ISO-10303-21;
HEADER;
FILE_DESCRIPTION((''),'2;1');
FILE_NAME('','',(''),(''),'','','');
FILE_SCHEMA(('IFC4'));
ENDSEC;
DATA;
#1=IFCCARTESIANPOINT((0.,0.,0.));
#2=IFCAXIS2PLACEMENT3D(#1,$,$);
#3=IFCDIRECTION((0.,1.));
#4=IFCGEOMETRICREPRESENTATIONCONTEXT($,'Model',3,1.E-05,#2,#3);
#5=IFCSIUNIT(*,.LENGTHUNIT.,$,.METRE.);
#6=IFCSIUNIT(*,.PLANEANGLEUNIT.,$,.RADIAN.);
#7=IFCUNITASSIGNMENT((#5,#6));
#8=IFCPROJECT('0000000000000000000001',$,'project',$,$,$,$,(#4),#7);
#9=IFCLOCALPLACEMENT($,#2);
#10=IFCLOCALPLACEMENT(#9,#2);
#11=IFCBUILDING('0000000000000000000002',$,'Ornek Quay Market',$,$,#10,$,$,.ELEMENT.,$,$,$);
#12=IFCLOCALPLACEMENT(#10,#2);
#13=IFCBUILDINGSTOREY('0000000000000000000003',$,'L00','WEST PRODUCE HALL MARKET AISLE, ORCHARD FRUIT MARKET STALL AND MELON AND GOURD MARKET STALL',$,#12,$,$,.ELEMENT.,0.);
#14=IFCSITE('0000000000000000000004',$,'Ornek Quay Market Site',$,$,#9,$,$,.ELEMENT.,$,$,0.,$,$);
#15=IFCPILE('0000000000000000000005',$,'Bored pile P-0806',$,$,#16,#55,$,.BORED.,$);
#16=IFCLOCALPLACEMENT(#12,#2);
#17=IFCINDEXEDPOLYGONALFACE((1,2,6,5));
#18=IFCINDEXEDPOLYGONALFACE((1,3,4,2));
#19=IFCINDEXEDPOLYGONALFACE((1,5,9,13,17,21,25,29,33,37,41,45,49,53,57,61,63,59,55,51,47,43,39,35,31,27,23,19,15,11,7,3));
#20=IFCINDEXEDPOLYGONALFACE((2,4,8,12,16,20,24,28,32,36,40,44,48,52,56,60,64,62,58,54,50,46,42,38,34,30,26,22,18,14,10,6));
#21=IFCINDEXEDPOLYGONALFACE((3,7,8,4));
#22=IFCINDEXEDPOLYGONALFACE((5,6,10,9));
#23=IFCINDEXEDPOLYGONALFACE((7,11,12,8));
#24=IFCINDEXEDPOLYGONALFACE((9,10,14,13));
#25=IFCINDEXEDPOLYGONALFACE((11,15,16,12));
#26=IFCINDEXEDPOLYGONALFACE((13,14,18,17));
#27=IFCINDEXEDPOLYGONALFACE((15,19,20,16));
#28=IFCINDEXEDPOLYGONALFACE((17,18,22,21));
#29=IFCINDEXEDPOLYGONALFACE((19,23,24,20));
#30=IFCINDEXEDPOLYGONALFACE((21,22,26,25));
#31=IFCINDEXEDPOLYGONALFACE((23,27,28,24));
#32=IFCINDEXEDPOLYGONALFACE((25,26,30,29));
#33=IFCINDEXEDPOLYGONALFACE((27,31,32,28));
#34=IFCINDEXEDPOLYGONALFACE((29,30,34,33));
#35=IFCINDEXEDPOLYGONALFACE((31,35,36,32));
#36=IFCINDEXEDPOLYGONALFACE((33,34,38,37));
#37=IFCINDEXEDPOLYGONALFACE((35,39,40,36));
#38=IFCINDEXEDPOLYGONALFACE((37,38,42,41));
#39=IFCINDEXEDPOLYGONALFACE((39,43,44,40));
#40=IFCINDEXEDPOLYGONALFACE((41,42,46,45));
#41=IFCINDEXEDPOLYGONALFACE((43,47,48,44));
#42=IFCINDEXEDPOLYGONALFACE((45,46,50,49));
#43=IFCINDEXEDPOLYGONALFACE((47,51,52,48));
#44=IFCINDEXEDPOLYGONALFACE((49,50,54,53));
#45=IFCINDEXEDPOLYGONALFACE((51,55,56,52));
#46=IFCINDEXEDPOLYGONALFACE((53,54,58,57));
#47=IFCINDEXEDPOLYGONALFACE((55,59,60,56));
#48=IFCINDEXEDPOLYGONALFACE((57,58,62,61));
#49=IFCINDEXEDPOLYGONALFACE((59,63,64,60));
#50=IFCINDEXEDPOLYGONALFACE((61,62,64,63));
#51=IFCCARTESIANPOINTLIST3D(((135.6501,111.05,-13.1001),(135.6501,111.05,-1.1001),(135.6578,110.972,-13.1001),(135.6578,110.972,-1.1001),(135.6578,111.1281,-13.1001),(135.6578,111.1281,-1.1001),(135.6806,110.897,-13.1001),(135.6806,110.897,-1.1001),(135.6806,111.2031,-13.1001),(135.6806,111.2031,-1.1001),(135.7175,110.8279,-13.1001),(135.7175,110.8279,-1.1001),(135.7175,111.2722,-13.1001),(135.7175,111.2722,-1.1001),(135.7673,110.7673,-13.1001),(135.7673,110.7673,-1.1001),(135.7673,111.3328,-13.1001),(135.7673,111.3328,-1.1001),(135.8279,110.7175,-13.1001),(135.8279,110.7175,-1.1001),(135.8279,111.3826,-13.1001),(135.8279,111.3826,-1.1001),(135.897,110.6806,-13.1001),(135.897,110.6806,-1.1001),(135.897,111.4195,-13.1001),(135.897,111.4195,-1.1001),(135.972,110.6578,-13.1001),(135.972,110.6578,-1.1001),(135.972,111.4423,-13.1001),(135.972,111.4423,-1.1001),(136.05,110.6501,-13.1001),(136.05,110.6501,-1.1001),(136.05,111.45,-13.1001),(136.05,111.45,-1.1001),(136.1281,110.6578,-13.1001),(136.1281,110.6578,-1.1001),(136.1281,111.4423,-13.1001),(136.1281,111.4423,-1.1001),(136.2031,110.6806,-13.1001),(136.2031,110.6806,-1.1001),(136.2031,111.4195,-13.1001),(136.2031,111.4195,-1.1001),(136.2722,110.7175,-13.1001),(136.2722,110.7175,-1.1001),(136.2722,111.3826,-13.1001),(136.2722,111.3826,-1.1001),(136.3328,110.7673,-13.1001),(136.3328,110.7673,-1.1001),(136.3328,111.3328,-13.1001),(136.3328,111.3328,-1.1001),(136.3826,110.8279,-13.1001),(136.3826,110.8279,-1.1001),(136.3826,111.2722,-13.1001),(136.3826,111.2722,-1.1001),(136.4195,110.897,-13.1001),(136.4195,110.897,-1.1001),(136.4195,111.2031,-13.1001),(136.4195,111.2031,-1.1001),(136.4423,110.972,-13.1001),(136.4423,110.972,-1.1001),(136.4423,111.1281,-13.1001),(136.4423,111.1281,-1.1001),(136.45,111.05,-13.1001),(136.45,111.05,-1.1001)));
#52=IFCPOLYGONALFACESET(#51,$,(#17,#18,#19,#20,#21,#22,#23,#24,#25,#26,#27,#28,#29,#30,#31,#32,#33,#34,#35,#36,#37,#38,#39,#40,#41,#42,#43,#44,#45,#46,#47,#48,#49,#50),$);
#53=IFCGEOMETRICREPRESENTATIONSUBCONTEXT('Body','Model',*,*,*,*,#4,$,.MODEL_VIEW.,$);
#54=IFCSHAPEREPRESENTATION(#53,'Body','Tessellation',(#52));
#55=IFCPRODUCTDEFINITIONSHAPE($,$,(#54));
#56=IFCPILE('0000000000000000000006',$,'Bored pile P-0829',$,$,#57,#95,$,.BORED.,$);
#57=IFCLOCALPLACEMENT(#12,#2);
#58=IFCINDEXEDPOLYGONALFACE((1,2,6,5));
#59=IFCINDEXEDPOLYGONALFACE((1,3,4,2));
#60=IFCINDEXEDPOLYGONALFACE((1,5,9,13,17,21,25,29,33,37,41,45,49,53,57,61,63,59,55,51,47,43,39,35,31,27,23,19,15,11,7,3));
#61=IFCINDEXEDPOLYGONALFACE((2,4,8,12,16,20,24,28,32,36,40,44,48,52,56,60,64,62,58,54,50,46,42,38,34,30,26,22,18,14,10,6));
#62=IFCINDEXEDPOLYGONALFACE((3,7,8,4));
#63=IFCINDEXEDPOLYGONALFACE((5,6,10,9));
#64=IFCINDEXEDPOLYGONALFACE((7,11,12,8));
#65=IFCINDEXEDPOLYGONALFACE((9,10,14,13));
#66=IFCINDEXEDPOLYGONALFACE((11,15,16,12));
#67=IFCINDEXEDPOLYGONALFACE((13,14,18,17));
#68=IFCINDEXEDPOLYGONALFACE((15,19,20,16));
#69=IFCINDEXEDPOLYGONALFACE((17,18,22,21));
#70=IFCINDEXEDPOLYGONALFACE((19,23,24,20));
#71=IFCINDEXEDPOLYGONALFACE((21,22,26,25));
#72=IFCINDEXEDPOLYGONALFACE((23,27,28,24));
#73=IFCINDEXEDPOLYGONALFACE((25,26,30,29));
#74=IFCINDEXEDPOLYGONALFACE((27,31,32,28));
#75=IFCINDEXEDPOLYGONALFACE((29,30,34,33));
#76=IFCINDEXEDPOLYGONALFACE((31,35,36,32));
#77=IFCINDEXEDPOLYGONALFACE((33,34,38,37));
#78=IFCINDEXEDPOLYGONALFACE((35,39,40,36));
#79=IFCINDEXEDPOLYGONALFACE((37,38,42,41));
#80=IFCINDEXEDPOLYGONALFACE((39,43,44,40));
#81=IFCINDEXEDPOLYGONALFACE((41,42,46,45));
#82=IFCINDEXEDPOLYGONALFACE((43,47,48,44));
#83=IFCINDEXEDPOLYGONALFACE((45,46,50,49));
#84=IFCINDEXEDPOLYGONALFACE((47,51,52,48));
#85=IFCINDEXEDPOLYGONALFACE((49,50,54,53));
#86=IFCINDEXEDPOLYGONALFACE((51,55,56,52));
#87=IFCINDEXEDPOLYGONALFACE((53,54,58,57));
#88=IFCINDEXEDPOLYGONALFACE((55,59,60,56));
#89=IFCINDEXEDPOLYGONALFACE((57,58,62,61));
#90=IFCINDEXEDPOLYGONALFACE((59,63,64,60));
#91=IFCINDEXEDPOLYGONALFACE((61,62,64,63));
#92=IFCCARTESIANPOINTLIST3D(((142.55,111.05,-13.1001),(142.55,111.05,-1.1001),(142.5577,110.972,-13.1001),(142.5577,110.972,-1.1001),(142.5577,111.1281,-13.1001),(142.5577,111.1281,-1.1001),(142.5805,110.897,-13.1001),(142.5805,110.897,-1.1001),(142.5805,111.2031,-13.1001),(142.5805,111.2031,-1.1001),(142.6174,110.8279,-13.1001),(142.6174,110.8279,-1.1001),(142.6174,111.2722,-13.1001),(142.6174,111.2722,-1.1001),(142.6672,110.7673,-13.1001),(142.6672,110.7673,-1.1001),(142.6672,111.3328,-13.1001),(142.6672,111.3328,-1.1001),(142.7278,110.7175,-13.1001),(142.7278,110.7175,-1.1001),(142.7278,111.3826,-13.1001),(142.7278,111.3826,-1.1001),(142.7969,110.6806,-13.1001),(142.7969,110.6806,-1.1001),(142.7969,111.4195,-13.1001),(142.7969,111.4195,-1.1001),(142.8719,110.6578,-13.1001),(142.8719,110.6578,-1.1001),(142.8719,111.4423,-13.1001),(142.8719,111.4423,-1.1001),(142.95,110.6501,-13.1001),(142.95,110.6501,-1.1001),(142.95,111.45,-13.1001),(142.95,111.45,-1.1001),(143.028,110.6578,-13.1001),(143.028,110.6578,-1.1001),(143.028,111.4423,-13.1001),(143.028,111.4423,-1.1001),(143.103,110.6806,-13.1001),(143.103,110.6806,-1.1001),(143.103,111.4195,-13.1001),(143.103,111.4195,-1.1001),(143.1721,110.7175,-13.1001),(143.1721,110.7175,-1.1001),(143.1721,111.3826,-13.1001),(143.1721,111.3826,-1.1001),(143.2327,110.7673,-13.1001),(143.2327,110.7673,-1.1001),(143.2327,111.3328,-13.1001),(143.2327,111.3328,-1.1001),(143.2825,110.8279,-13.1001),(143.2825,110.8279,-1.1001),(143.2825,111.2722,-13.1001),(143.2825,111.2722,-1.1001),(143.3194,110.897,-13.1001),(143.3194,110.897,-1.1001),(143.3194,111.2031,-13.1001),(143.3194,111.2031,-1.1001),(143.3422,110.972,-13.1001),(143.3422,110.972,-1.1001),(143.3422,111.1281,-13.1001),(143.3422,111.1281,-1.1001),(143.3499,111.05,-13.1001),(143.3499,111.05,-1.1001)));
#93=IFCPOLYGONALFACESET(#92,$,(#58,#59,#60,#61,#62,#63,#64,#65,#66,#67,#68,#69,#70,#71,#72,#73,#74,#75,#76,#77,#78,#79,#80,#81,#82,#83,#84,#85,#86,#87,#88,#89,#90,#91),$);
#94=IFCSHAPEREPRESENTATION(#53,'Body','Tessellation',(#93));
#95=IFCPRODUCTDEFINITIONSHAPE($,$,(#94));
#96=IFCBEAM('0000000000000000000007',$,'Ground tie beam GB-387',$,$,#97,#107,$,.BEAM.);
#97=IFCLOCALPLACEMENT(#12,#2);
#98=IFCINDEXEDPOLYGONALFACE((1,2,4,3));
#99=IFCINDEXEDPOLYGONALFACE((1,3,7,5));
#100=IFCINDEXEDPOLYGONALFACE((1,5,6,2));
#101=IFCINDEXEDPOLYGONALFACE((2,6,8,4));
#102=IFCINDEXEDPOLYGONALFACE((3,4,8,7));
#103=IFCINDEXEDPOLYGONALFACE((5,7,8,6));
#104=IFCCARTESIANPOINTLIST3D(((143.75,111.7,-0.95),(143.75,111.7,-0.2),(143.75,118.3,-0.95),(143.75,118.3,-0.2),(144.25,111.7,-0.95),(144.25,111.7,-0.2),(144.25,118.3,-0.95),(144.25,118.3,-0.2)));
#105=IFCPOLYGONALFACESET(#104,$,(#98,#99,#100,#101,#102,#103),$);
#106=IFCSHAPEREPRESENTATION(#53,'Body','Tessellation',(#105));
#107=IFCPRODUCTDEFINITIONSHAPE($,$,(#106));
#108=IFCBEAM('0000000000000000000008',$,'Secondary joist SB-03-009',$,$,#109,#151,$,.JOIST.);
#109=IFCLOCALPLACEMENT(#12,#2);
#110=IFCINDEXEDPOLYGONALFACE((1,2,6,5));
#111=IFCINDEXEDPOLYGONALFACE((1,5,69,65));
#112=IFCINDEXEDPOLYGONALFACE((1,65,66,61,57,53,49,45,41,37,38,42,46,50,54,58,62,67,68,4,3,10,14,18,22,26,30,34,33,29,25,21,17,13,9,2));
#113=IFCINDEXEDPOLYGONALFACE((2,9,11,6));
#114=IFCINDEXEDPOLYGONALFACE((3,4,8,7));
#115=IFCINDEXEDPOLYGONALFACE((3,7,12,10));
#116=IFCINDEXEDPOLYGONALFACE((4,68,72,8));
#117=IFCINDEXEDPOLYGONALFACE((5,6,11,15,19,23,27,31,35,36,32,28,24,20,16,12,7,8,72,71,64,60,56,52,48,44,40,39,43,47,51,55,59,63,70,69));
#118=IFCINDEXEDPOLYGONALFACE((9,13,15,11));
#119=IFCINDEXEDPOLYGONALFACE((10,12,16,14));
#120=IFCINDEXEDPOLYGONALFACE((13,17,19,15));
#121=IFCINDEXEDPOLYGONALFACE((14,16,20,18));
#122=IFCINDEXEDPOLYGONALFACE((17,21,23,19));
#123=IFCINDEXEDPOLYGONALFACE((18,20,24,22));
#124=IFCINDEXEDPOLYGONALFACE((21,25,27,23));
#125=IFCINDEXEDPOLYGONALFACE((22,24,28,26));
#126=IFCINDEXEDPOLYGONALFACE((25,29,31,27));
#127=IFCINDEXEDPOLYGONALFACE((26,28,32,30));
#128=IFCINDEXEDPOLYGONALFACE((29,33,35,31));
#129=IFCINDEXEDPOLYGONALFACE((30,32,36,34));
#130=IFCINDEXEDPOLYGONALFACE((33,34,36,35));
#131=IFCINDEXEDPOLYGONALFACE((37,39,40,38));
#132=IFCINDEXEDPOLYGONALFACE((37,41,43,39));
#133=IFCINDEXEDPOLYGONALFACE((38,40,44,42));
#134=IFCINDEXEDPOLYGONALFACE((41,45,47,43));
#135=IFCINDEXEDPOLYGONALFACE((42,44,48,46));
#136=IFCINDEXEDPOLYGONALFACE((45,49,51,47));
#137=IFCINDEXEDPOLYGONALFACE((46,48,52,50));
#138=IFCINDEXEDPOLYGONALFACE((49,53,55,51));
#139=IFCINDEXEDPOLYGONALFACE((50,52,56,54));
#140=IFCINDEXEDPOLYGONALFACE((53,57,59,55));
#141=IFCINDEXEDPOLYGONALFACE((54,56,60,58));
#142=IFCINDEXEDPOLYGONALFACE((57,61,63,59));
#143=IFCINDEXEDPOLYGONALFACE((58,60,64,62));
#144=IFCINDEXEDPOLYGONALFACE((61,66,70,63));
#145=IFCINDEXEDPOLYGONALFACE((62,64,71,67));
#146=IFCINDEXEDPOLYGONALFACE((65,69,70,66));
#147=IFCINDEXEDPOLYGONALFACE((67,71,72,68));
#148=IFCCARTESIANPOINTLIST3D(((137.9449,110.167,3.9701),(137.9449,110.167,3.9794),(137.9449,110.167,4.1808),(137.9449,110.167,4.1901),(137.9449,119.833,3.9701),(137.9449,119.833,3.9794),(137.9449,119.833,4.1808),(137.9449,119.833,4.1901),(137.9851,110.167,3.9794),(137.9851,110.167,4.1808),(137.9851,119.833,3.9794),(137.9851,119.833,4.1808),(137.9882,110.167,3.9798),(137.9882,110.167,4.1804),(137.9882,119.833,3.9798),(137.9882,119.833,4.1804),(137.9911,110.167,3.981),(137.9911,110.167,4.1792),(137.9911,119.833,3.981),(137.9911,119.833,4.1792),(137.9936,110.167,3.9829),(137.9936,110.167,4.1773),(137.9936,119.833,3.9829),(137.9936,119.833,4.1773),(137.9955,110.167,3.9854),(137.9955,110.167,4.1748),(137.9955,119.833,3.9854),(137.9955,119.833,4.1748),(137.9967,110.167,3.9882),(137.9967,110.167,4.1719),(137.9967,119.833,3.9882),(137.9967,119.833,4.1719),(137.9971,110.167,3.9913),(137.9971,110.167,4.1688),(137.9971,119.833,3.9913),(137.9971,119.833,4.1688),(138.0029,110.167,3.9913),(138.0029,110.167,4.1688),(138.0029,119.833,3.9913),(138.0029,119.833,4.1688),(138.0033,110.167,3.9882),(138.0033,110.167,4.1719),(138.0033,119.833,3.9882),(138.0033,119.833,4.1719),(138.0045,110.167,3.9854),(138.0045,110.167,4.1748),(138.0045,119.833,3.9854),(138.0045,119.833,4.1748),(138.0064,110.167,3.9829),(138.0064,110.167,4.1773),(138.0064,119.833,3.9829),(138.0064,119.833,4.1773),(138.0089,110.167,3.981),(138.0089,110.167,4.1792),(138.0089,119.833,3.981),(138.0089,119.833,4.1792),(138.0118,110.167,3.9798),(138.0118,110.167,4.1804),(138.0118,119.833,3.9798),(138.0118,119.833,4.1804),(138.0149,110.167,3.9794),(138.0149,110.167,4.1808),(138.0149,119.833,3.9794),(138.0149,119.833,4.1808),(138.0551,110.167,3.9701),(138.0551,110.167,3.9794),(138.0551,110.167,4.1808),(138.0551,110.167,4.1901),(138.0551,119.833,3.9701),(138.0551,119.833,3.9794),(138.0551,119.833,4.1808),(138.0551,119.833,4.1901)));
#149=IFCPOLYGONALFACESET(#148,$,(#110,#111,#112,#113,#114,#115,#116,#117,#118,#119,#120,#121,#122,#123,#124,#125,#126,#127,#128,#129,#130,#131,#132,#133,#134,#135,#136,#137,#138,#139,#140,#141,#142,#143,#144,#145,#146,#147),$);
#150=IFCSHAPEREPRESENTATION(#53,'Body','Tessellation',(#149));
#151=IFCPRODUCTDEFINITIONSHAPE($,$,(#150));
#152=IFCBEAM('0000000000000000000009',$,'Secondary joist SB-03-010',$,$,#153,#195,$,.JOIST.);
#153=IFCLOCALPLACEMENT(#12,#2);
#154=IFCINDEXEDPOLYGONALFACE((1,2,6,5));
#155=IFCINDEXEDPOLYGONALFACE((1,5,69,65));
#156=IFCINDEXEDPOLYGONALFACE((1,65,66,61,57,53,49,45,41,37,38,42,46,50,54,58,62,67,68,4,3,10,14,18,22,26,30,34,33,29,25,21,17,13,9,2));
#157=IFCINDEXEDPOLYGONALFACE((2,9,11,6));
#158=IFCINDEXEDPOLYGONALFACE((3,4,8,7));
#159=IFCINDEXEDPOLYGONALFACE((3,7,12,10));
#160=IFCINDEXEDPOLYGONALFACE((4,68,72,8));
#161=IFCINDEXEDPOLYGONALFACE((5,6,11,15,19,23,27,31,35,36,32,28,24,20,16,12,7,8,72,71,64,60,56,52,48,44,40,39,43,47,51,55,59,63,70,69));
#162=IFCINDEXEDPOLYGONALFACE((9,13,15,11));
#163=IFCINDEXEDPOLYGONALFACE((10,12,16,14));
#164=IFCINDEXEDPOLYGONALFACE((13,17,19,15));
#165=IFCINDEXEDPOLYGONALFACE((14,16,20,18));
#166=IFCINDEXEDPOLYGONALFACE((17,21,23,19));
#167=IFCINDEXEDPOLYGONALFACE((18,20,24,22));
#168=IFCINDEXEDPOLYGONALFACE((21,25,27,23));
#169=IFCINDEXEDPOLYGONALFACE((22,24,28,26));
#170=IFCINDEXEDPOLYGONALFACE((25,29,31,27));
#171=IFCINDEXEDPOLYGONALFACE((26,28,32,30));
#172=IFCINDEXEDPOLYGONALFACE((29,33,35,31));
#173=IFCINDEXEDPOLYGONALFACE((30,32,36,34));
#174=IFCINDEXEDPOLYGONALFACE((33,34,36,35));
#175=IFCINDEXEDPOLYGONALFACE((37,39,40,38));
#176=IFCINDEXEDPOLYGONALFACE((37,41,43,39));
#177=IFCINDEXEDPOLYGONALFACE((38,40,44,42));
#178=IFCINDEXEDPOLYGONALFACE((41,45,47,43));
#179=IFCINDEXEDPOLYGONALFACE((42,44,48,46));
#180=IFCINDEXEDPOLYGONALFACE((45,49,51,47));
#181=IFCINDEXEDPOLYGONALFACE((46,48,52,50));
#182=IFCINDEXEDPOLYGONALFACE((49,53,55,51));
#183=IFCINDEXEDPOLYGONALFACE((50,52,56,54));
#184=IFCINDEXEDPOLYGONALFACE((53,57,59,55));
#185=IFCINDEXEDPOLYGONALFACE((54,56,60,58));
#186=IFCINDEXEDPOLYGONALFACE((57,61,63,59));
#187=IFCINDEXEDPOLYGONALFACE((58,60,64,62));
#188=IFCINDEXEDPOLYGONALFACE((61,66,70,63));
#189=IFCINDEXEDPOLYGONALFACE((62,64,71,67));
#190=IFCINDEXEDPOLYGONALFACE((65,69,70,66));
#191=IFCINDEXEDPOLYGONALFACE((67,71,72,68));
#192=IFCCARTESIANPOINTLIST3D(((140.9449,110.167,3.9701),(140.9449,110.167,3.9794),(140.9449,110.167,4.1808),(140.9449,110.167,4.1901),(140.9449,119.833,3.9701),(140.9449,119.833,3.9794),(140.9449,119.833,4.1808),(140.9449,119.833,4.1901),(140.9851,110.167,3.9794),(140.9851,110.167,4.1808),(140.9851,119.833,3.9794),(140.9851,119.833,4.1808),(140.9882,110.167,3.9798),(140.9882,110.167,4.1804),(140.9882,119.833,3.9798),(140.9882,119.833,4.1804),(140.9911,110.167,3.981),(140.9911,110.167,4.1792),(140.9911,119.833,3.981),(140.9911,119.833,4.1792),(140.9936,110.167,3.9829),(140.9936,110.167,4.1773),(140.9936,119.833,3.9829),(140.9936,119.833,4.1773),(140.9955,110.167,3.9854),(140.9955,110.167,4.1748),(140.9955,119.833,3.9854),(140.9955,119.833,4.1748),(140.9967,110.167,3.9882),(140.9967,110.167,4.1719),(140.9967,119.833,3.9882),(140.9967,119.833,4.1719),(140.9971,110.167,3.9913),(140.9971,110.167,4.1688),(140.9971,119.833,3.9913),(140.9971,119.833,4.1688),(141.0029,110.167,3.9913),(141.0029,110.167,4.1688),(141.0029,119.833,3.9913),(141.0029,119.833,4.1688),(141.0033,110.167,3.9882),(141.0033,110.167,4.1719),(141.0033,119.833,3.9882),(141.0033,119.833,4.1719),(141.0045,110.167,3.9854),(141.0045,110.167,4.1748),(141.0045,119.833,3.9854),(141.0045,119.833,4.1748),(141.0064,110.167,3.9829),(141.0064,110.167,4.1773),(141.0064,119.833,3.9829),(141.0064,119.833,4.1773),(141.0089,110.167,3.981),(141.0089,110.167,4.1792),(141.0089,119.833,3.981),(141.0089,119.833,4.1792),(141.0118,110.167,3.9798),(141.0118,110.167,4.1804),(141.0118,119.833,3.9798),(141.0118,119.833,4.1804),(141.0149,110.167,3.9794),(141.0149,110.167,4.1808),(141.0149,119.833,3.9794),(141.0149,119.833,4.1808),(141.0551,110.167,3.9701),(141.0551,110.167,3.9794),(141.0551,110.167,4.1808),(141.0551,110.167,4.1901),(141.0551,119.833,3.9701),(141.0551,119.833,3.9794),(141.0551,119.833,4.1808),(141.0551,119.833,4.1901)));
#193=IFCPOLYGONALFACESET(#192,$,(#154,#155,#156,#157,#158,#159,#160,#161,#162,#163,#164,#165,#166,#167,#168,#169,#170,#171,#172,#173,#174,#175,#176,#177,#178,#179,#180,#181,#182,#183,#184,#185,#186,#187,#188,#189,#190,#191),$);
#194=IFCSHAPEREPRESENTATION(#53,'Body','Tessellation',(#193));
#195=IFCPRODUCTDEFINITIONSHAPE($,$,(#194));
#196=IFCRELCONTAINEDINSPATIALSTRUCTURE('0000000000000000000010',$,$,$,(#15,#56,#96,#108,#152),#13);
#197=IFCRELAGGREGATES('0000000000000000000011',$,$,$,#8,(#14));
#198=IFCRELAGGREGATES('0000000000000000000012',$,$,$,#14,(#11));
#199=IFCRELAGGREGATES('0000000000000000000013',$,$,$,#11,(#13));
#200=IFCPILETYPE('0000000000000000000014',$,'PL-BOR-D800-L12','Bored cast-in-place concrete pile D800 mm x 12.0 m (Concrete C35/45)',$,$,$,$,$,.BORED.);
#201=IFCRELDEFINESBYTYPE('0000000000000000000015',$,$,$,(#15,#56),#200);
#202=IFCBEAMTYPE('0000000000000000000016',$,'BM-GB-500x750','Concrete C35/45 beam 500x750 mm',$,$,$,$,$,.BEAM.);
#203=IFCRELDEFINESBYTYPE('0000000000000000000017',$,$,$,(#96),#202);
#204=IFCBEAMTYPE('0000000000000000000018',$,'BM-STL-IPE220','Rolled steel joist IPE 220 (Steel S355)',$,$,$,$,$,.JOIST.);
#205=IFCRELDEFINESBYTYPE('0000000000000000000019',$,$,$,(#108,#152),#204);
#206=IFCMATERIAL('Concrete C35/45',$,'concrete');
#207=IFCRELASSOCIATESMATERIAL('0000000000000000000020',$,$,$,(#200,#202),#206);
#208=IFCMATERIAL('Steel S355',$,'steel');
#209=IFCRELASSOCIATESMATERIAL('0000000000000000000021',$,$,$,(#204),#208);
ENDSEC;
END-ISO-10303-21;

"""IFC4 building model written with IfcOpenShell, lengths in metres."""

from ifc_helpers import new_model, si_unit, direction, frame, origin, origin_2d, place, context, subcontext, project, spatial, rectangle, circle, i_section, extrude, material, material_profile, profile_set, type_object, element, save


model = new_model("IFC4")

# Units and contexts
model_context = context("Model", 3, precision=1e-05, world=origin(), true_north=direction((0.0, 1.0)))
body_context = subcontext(model_context, "Body", "Model", "MODEL_VIEW")
ifc_project = project(units=[si_unit("LENGTHUNIT", "METRE"), si_unit("PLANEANGLEUNIT", "RADIAN")], contexts=[model_context])

# Site, building, storey
site_placement = place(None, origin())
site = spatial("IfcSite", under=ifc_project, at=site_placement, Name="Ornek Quay Market Site", CompositionType="ELEMENT", RefElevation=0.0)
building_placement = place(site_placement, origin())
building = spatial("IfcBuilding", under=site, at=building_placement, Name="Ornek Quay Market", CompositionType="ELEMENT")
storey_placement = place(building_placement, origin())
storey = spatial("IfcBuildingStorey", under=building, at=storey_placement, Name="L00", Description="WEST PRODUCE HALL MARKET AISLE, ORCHARD FRUIT MARKET STALL AND MELON AND GOURD MARKET STALL", CompositionType="ELEMENT", Elevation=0.0)

# Piles
ifc_material_1 = material(Name="Concrete C35/45", Category="concrete")
ifc_material_profile_1 = material_profile(ifc_material_1, circle(Radius=0.3999, at=origin_2d()), Name="PILE D800", Category="concrete")
ifc_profile_set_1 = profile_set([ifc_material_profile_1], Name="Concrete C35/45")
pile_type = type_object("IfcPileType", Name="PL-BOR-D800-L12", Description="Bored cast-in-place concrete pile D800 mm x 12.0 m (Concrete C35/45)", PredefinedType="BORED", material=ifc_profile_set_1)
for number, where, z_axis, x_axis, name in (
    (1, (136.05, 111.05, -1.1001), (0.0, 0.0, -1.0), (1.0, 0.0, 0.0), "Bored pile P-0806"),
    (2, (142.95, 111.05, -1.1001), (0.0, 0.0, -1.0), (1.0, 0.0, 0.0), "Bored pile P-0829"),
):
    element("IfcPile", number, at=place(storey_placement, frame(where, z_axis=z_axis, x_axis=x_axis)), inside=storey, type_object=pile_type, Name=name, PredefinedType="BORED", context=body_context, shape_type="SweptSolid", body=[
        extrude(circle(Radius=0.3999, at=origin_2d()), origin(), (0.0, 0.0, 1.0), 12.0),
    ])

# Beams
ifc_material_profile_2 = material_profile(ifc_material_1, rectangle(XDim=0.5, YDim=0.75, at=origin_2d()), Name="RC 500x750", Category="concrete")
ifc_profile_set_2 = profile_set([ifc_material_profile_2], Name="Concrete C35/45")
beam_type_1 = type_object("IfcBeamType", Name="BM-GB-500x750", Description="Concrete C35/45 beam 500x750 mm", PredefinedType="BEAM", material=ifc_profile_set_2)
beam_placement = place(storey_placement, frame((144.0, 111.7, -0.575), z_axis=(0.0, 1.0, 0.0), x_axis=(-1.0, 0.0, 0.0)))
element("IfcBeam", 3, at=beam_placement, inside=storey, type_object=beam_type_1, Name="Ground tie beam GB-387", PredefinedType="BEAM", context=body_context, shape_type="SweptSolid", body=[
    extrude(rectangle(XDim=0.5, YDim=0.75, at=origin_2d()), origin(), (0.0, 0.0, 1.0), 6.6001),
])
ifc_material_2 = material(Name="Steel S355", Category="steel")
ifc_material_profile_3 = material_profile(ifc_material_2, i_section(OverallWidth=0.1101, OverallDepth=0.22, WebThickness=0.0059, FlangeThickness=0.0093, FilletRadius=0.012, at=origin_2d()), Name="IPE 220", Category="steel")
ifc_profile_set_3 = profile_set([ifc_material_profile_3], Name="Steel S355")
beam_type_2 = type_object("IfcBeamType", Name="BM-STL-IPE220", Description="Rolled steel joist IPE 220 (Steel S355)", PredefinedType="JOIST", material=ifc_profile_set_3)
for number, where, z_axis, x_axis, name in (
    (4, (138.0, 110.167, 4.0801), (0.0, 1.0, 0.0), (-1.0, 0.0, 0.0), "Secondary joist SB-03-009"),
    (5, (141.0, 110.167, 4.0801), (0.0, 1.0, 0.0), (-1.0, 0.0, 0.0), "Secondary joist SB-03-010"),
):
    element("IfcBeam", number, at=place(storey_placement, frame(where, z_axis=z_axis, x_axis=x_axis)), inside=storey, type_object=beam_type_2, Name=name, PredefinedType="JOIST", context=body_context, shape_type="SweptSolid", body=[
        extrude(i_section(OverallWidth=0.1101, OverallDepth=0.22, WebThickness=0.0059, FlangeThickness=0.0093, FilletRadius=0.012, at=origin_2d()), origin(), (0.0, 0.0, 1.0), 9.666),
    ])

save(model, "model.ifc")
